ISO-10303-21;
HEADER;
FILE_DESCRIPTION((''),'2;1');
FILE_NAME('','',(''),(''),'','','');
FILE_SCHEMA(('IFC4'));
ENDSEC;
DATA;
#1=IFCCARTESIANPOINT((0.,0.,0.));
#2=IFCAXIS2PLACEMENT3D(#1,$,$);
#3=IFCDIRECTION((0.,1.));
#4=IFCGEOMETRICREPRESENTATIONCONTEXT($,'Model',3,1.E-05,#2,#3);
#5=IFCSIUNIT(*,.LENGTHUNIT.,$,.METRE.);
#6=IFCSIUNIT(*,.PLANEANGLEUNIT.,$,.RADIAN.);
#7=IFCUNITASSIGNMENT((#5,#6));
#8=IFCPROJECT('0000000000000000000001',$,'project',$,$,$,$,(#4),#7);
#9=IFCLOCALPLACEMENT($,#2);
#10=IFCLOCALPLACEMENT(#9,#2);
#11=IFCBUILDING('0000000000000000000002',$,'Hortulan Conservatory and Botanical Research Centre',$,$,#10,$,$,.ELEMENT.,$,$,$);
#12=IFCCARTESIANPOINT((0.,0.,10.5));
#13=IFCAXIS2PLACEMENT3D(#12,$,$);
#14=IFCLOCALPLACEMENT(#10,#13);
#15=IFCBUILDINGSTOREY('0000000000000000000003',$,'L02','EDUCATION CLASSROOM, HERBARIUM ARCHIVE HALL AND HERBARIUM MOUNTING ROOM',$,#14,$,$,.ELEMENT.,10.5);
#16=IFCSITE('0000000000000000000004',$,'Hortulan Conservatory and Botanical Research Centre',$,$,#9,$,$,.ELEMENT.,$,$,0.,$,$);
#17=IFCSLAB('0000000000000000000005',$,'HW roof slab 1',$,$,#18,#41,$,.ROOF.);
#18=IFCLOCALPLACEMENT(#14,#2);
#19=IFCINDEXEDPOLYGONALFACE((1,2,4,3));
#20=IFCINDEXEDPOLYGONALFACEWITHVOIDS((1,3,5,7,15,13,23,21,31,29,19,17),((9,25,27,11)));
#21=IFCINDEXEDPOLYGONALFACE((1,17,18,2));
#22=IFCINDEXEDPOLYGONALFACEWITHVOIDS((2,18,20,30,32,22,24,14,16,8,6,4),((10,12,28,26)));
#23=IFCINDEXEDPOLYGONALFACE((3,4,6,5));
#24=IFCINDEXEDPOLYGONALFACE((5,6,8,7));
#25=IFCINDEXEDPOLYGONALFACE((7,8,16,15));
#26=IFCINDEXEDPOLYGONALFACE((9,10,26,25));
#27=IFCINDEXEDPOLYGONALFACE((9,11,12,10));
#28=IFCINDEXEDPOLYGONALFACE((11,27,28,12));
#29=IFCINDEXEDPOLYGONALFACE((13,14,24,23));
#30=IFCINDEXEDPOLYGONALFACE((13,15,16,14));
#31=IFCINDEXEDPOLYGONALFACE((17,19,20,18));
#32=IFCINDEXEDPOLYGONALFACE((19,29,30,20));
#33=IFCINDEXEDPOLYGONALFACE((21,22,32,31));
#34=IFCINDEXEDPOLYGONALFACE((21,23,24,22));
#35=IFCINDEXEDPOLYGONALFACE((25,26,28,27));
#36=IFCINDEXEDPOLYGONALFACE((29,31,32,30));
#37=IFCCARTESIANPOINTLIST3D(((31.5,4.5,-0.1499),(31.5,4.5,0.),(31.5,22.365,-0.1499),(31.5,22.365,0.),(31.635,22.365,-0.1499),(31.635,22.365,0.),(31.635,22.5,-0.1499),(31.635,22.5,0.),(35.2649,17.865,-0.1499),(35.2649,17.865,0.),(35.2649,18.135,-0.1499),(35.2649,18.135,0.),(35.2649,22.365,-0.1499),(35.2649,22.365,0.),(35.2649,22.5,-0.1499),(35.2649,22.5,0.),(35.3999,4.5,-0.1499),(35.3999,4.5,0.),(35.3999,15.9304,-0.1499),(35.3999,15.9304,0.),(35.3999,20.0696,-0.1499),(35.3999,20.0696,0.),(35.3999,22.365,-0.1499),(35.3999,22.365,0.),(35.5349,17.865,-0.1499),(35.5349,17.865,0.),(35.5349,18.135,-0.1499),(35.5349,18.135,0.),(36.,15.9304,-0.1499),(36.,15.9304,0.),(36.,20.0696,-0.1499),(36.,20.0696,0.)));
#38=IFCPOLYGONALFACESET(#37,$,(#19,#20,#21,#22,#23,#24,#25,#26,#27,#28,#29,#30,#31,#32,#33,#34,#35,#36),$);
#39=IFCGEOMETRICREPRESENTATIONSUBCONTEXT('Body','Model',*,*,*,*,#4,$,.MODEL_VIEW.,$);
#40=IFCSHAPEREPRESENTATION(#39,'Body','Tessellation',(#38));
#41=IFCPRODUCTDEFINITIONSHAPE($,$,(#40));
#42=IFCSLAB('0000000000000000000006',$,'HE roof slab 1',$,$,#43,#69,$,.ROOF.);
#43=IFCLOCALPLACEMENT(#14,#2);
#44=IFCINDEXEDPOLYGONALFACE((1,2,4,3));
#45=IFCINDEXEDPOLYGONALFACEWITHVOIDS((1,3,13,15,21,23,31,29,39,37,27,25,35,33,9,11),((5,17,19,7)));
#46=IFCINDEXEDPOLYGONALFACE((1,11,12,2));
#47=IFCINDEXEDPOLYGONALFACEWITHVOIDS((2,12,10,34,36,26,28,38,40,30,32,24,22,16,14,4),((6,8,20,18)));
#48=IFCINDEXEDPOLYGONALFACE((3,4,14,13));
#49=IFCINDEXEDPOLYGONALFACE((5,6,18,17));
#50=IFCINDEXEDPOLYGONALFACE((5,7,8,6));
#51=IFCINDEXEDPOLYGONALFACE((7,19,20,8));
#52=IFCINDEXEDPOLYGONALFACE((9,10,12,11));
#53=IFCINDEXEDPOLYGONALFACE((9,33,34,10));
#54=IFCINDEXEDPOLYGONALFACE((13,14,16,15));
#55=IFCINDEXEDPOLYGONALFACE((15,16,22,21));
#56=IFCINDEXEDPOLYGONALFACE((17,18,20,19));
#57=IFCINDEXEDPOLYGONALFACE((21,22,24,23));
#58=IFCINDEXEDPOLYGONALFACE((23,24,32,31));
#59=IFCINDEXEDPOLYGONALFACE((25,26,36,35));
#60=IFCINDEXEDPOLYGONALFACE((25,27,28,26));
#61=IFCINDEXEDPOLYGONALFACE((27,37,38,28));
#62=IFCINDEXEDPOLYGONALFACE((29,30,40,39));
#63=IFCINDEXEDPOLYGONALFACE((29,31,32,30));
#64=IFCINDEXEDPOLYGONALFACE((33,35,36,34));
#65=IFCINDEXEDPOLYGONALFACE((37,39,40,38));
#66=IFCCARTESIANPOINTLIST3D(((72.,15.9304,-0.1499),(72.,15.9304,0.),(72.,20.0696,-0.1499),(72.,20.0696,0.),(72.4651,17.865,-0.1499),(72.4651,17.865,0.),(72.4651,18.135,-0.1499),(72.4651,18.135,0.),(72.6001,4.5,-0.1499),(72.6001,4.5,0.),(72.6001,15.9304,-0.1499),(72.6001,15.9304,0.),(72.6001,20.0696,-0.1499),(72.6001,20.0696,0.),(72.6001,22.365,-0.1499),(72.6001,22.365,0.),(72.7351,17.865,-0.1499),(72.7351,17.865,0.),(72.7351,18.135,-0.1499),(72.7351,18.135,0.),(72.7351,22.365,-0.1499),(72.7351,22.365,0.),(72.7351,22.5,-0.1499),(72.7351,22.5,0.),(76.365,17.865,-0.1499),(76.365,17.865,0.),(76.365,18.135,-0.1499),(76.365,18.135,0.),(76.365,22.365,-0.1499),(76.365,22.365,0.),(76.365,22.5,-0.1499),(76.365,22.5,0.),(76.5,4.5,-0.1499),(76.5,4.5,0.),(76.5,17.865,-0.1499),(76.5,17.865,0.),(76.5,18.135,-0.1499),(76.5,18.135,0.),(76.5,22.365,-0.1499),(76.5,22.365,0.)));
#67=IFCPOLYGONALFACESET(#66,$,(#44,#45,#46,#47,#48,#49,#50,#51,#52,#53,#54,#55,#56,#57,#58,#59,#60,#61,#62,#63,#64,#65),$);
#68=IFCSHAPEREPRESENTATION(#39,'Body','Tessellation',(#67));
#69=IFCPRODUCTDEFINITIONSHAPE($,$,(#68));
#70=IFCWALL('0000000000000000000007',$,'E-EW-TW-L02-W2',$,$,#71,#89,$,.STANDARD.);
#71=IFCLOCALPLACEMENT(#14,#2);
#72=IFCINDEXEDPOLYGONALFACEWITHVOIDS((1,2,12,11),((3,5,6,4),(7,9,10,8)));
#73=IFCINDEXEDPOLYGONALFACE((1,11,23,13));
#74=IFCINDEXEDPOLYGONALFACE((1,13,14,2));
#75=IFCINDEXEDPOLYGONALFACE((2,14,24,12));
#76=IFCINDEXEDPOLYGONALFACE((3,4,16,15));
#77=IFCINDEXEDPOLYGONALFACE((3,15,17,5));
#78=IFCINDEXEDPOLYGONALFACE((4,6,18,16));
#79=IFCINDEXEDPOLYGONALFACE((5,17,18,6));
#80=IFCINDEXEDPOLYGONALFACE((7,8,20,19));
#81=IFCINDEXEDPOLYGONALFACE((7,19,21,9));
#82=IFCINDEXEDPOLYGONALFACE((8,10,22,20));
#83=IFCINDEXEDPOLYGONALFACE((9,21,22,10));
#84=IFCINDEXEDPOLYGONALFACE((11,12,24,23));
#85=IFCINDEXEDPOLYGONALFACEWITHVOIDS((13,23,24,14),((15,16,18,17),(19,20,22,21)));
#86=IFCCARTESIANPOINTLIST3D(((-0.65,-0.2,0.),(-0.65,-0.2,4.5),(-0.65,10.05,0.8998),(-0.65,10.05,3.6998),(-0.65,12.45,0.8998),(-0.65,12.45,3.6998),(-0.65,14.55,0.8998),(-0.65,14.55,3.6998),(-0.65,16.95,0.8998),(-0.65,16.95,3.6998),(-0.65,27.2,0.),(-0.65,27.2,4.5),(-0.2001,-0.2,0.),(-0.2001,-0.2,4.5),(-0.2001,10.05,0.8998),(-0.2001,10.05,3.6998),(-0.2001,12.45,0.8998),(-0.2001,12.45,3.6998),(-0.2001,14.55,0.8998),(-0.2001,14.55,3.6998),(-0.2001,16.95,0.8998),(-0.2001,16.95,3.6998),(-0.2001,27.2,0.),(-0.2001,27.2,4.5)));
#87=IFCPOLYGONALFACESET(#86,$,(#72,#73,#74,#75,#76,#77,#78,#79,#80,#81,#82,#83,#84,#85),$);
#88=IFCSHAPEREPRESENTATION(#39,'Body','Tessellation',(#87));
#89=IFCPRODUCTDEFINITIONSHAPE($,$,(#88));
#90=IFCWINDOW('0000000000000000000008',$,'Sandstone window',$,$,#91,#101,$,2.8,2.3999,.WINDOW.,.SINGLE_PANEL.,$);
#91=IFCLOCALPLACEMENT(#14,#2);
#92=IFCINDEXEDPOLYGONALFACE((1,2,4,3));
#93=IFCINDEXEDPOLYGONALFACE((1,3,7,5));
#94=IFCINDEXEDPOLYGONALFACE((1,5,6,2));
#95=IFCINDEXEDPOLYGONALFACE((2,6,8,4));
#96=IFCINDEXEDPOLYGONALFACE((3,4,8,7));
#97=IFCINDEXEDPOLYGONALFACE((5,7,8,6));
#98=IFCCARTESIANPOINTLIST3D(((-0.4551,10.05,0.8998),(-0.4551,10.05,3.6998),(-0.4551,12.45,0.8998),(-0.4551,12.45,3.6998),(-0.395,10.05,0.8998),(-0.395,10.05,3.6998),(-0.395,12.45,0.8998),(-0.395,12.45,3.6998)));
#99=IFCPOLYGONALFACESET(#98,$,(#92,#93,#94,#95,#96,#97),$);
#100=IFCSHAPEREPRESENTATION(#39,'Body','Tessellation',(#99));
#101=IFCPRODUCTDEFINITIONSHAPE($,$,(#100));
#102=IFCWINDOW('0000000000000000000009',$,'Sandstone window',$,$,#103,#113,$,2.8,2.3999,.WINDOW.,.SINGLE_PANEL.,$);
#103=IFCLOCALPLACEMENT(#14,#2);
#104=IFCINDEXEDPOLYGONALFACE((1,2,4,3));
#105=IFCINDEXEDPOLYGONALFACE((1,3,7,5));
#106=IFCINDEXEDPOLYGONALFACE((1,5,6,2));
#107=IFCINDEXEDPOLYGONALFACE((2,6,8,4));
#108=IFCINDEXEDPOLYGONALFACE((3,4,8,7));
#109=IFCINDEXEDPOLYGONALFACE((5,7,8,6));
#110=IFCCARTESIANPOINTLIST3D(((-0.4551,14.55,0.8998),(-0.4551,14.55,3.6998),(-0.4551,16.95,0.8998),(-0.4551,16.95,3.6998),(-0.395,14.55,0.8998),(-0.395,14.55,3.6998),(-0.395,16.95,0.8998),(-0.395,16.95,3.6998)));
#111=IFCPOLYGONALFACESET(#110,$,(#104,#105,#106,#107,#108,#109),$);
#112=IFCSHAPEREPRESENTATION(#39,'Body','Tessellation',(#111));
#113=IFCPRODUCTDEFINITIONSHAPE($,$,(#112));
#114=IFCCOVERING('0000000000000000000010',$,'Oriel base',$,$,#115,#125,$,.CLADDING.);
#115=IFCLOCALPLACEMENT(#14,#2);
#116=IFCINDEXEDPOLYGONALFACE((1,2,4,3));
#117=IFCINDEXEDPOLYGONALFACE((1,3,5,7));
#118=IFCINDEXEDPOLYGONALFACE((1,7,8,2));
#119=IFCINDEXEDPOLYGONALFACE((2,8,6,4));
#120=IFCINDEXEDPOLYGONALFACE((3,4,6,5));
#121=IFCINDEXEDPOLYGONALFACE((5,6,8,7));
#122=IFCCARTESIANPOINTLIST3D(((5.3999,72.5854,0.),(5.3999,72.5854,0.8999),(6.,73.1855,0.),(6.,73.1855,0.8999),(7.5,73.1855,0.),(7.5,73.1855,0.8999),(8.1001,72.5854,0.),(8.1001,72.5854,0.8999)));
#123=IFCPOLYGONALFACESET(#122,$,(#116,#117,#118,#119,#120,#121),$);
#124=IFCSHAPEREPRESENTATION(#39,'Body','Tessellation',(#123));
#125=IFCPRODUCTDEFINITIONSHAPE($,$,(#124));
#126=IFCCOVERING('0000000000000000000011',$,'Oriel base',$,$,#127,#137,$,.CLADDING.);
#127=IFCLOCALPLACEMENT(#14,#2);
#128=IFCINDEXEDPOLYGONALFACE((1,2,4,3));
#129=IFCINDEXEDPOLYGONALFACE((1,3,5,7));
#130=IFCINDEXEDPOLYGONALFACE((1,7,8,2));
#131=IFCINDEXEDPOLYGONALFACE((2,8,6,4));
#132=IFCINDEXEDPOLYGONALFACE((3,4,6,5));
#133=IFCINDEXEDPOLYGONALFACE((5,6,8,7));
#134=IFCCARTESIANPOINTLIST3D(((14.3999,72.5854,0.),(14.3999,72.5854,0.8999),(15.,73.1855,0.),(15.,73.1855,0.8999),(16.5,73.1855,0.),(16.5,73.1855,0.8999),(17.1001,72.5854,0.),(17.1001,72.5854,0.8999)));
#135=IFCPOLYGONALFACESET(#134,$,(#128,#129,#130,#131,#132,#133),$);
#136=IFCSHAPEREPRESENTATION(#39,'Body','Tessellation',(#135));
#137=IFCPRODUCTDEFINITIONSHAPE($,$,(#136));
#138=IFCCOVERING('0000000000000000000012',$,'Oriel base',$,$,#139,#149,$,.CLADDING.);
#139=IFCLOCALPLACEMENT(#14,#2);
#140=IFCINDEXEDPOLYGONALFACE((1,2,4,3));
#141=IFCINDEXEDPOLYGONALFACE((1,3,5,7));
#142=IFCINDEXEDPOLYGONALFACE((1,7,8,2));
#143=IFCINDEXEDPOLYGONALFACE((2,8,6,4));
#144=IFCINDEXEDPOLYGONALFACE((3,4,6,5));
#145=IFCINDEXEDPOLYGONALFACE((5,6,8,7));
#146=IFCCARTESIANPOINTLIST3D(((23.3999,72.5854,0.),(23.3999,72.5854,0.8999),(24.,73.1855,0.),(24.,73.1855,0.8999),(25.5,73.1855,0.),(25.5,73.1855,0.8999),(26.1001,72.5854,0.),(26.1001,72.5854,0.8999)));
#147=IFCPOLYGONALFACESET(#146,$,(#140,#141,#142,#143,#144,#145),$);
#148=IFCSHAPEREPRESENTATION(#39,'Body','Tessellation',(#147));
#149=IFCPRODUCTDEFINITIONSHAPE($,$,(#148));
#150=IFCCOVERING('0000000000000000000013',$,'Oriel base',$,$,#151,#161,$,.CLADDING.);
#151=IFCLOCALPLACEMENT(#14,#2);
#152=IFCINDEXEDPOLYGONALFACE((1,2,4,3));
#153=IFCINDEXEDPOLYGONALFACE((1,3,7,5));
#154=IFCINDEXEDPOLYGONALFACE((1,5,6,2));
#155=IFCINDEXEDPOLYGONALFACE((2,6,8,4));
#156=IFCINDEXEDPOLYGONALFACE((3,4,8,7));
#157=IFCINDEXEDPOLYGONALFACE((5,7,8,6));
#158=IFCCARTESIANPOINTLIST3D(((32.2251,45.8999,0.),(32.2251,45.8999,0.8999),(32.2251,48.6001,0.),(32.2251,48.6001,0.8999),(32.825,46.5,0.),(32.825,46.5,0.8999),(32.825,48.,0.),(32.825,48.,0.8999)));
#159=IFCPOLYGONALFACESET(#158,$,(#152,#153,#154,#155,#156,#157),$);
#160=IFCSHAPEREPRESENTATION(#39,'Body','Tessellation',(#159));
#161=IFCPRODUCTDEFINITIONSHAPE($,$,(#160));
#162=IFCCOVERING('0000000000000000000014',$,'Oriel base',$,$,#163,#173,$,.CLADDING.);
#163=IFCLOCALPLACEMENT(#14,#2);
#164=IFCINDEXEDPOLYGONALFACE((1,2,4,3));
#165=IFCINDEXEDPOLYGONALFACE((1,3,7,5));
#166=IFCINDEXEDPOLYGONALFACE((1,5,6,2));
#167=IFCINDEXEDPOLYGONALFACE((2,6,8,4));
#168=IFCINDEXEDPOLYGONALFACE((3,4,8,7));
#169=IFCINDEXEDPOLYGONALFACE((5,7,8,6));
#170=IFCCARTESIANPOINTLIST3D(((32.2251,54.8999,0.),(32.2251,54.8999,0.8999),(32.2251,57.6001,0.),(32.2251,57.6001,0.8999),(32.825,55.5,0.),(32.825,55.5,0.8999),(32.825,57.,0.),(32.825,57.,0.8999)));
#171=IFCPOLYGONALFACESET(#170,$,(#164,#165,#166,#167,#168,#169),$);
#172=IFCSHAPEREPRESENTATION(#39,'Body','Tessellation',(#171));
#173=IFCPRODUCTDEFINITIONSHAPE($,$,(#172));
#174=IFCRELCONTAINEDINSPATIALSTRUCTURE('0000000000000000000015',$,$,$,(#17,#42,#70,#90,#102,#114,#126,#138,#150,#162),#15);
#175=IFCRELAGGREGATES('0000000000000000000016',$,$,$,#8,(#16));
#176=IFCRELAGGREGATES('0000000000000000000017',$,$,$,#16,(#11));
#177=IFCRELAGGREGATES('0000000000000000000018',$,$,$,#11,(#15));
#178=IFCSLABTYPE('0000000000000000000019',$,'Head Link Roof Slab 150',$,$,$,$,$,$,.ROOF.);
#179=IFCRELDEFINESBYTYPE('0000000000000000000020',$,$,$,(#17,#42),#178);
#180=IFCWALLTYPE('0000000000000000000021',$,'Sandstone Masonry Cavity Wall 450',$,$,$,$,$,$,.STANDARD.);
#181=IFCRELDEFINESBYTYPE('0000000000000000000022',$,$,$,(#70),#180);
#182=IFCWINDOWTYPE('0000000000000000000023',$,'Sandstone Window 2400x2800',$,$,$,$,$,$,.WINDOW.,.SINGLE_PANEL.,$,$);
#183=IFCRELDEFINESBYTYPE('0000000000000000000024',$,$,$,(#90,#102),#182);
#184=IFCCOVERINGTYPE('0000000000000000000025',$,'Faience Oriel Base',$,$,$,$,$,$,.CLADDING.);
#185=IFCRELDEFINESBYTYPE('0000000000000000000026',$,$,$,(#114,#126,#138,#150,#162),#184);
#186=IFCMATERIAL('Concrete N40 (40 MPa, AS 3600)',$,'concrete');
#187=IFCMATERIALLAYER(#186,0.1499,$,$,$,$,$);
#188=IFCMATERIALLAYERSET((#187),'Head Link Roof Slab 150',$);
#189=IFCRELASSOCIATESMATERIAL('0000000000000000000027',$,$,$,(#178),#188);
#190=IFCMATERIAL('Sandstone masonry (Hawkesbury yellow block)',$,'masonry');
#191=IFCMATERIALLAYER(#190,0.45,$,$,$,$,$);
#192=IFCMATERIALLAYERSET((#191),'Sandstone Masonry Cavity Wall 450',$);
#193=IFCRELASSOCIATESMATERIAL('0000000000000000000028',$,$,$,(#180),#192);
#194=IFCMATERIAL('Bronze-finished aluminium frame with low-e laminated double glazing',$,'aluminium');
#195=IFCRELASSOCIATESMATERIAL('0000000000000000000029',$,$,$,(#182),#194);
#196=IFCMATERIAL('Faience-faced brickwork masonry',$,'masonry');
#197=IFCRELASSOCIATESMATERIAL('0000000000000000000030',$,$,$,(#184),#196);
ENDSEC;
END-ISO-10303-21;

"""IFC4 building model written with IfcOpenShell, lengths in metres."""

from ifc_helpers import new_model, si_unit, direction, frame, frame_2d, origin, place, context, subcontext, project, spatial, polyline, rectangle, outline, extrude, material, layer, layer_set, type_object, element, fill, save


model = new_model("IFC4")

# Units and contexts
model_context = context("Model", 3, precision=1e-05, world=origin(), true_north=direction((0.0, 1.0)))
body_context = subcontext(model_context, "Body", "Model", "MODEL_VIEW")
ifc_project = project(units=[si_unit("LENGTHUNIT", "METRE"), si_unit("PLANEANGLEUNIT", "RADIAN")], contexts=[model_context])

# Site, building, storey
site_placement = place(None, origin())
site = spatial("IfcSite", under=ifc_project, at=site_placement, Name="Hortulan Conservatory and Botanical Research Centre", CompositionType="ELEMENT", RefElevation=0.0)
building_placement = place(site_placement, origin())
building = spatial("IfcBuilding", under=site, at=building_placement, Name="Hortulan Conservatory and Botanical Research Centre", CompositionType="ELEMENT")
storey_placement = place(building_placement, frame((0.0, 0.0, 10.5)))
storey = spatial("IfcBuildingStorey", under=building, at=storey_placement, Name="L02", Description="EDUCATION CLASSROOM, HERBARIUM ARCHIVE HALL AND HERBARIUM MOUNTING ROOM", CompositionType="ELEMENT", Elevation=10.5)

# Slabs
ifc_material_1 = material(Name="Concrete N40 (40 MPa, AS 3600)", Category="concrete")
ifc_layer_1 = layer(ifc_material_1, 0.1499)
ifc_layer_set_1 = layer_set([ifc_layer_1], Name="Head Link Roof Slab 150")
slab_type_1 = type_object("IfcSlabType", Name="Head Link Roof Slab 150", PredefinedType="ROOF", material=ifc_layer_set_1)
slab_1_placement = place(storey_placement, frame((0.0, 0.0, -0.1499)))
element("IfcSlab", 1, at=slab_1_placement, inside=storey, type_object=slab_type_1, Name="HW roof slab 1", PredefinedType="ROOF", context=body_context, shape_type="SweptSolid", body=[
    extrude(outline(polyline([(31.5, 4.5), (31.5, 22.365), (31.635, 22.365), (31.635, 22.5), (35.2649, 22.5), (35.2649, 22.365), (35.3999, 22.365), (35.3999, 20.0696), (36.0, 20.0696), (36.0, 15.9304), (35.3999, 15.9304), (35.3999, 4.5), (31.5, 4.5)]), holes=[polyline([(35.2649, 17.865), (35.5349, 17.865), (35.5349, 18.135), (35.2649, 18.135), (35.2649, 17.865)])]), origin(), (0.0, 0.0, 1.0), 0.1499),
])
slab_2_placement = place(storey_placement, frame((0.0, 0.0, -0.1499)))
element("IfcSlab", 2, at=slab_2_placement, inside=storey, type_object=slab_type_1, Name="HE roof slab 1", PredefinedType="ROOF", context=body_context, shape_type="SweptSolid", body=[
    extrude(outline(polyline([(76.365, 22.5), (76.365, 22.365), (76.5, 22.365), (76.5, 18.135), (76.365, 18.135), (76.365, 17.865), (76.5, 17.865), (76.5, 4.5), (72.6001, 4.5), (72.6001, 15.9304), (72.0, 15.9304), (72.0, 20.0696), (72.6001, 20.0696), (72.6001, 22.365), (72.7351, 22.365), (72.7351, 22.5), (76.365, 22.5)]), holes=[polyline([(72.4651, 18.135), (72.4651, 17.865), (72.7351, 17.865), (72.7351, 18.135), (72.4651, 18.135)])]), origin(), (0.0, 0.0, 1.0), 0.1499),
])

# Wall, openings, windows
ifc_material_2 = material(Name="Sandstone masonry (Hawkesbury yellow block)", Category="masonry")
ifc_layer_2 = layer(ifc_material_2, 0.45)
ifc_layer_set_2 = layer_set([ifc_layer_2], Name="Sandstone Masonry Cavity Wall 450")
wall_type = type_object("IfcWallType", Name="Sandstone Masonry Cavity Wall 450", PredefinedType="STANDARD", material=ifc_layer_set_2)
wall_placement = place(storey_placement, frame((-0.425, -0.2, 0.0), z_axis=(0.0, 0.0, 1.0), x_axis=(0.0, 1.0, 0.0)))
wall = element("IfcWall", 3, at=wall_placement, inside=storey, type_object=wall_type, Name="E-EW-TW-L02-W2", PredefinedType="STANDARD", context=body_context, shape_type="SweptSolid", body=[
    extrude(rectangle(XDim=27.3999, YDim=0.45, at=frame_2d((13.7, 0.0))), origin(), (0.0, 0.0, 1.0), 4.5),
])
opening_1_placement = place(wall_placement, frame((10.25, 0.0, 0.8999)))
opening_1 = element("IfcOpeningElement", 4, at=opening_1_placement, cuts=wall, PredefinedType="OPENING", context=body_context, shape_type="SweptSolid", body=[
    extrude(rectangle(XDim=2.3999, YDim=2.8, at=frame_2d((1.2, 1.3999))), frame((0.0, 0.2349, 0.0), z_axis=(0.0, -1.0, 0.0), x_axis=(1.0, 0.0, 0.0)), (0.0, 0.0, 1.0), 0.47),
])
opening_2_placement = place(wall_placement, frame((14.75, 0.0, 0.8999)))
opening_2 = element("IfcOpeningElement", 5, at=opening_2_placement, cuts=wall, PredefinedType="OPENING", context=body_context, shape_type="SweptSolid", body=[
    extrude(rectangle(XDim=2.3999, YDim=2.8, at=frame_2d((1.2, 1.3999))), frame((0.0, 0.2349, 0.0), z_axis=(0.0, -1.0, 0.0), x_axis=(1.0, 0.0, 0.0)), (0.0, 0.0, 1.0), 0.47),
])
ifc_material_3 = material(Name="Bronze-finished aluminium frame with low-e laminated double glazing", Category="aluminium")
window_type = type_object("IfcWindowType", Name="Sandstone Window 2400x2800", PartitioningType="SINGLE_PANEL", PredefinedType="WINDOW", material=ifc_material_3)
window_1_placement = place(opening_1_placement, origin())
window_1 = element("IfcWindow", 6, at=window_1_placement, inside=storey, type_object=window_type, Name="Sandstone window", OverallHeight=2.8, OverallWidth=2.3999, PartitioningType="SINGLE_PANEL", PredefinedType="WINDOW", context=body_context, shape_type="SweptSolid", body=[
    extrude(rectangle(XDim=2.3999, YDim=2.8, at=frame_2d((1.2, 1.3999))), frame((0.0, 0.03, 0.0), z_axis=(0.0, -1.0, 0.0), x_axis=(1.0, 0.0, 0.0)), (0.0, 0.0, 1.0), 0.0601),
])
fill(opening_1, window_1)
window_2_placement = place(opening_2_placement, origin())
window_2 = element("IfcWindow", 7, at=window_2_placement, inside=storey, type_object=window_type, Name="Sandstone window", OverallHeight=2.8, OverallWidth=2.3999, PartitioningType="SINGLE_PANEL", PredefinedType="WINDOW", context=body_context, shape_type="SweptSolid", body=[
    extrude(rectangle(XDim=2.3999, YDim=2.8, at=frame_2d((1.2, 1.3999))), frame((0.0, 0.03, 0.0), z_axis=(0.0, -1.0, 0.0), x_axis=(1.0, 0.0, 0.0)), (0.0, 0.0, 1.0), 0.0601),
])
fill(opening_2, window_2)

# Coverings
ifc_material_4 = material(Name="Faience-faced brickwork masonry", Category="masonry")
covering_type_1 = type_object("IfcCoveringType", Name="Faience Oriel Base", PredefinedType="CLADDING", material=ifc_material_4)
covering_1_placement = place(storey_placement, origin())
element("IfcCovering", 8, at=covering_1_placement, inside=storey, type_object=covering_type_1, Name="Oriel base", PredefinedType="CLADDING", context=body_context, shape_type="SweptSolid", body=[
    extrude(outline(polyline([(5.3999, 72.5854), (6.0, 73.1855), (7.5, 73.1855), (8.1001, 72.5854), (5.3999, 72.5854)])), origin(), (0.0, 0.0, 1.0), 0.8999),
])
covering_2_placement = place(storey_placement, origin())
element("IfcCovering", 9, at=covering_2_placement, inside=storey, type_object=covering_type_1, Name="Oriel base", PredefinedType="CLADDING", context=body_context, shape_type="SweptSolid", body=[
    extrude(outline(polyline([(14.3999, 72.5854), (15.0, 73.1855), (16.5, 73.1855), (17.1001, 72.5854), (14.3999, 72.5854)])), origin(), (0.0, 0.0, 1.0), 0.8999),
])
covering_3_placement = place(storey_placement, origin())
element("IfcCovering", 10, at=covering_3_placement, inside=storey, type_object=covering_type_1, Name="Oriel base", PredefinedType="CLADDING", context=body_context, shape_type="SweptSolid", body=[
    extrude(outline(polyline([(23.3999, 72.5854), (24.0, 73.1855), (25.5, 73.1855), (26.1001, 72.5854), (23.3999, 72.5854)])), origin(), (0.0, 0.0, 1.0), 0.8999),
])
covering_4_placement = place(storey_placement, origin())
element("IfcCovering", 11, at=covering_4_placement, inside=storey, type_object=covering_type_1, Name="Oriel base", PredefinedType="CLADDING", context=body_context, shape_type="SweptSolid", body=[
    extrude(outline(polyline([(32.2251, 48.6001), (32.825, 48.0), (32.825, 46.5), (32.2251, 45.8999), (32.2251, 48.6001)])), origin(), (0.0, 0.0, 1.0), 0.8999),
])
covering_5_placement = place(storey_placement, origin())
element("IfcCovering", 12, at=covering_5_placement, inside=storey, type_object=covering_type_1, Name="Oriel base", PredefinedType="CLADDING", context=body_context, shape_type="SweptSolid", body=[
    extrude(outline(polyline([(32.2251, 57.6001), (32.825, 57.0), (32.825, 55.5), (32.2251, 54.8999), (32.2251, 57.6001)])), origin(), (0.0, 0.0, 1.0), 0.8999),
])

save(model, "model.ifc")
